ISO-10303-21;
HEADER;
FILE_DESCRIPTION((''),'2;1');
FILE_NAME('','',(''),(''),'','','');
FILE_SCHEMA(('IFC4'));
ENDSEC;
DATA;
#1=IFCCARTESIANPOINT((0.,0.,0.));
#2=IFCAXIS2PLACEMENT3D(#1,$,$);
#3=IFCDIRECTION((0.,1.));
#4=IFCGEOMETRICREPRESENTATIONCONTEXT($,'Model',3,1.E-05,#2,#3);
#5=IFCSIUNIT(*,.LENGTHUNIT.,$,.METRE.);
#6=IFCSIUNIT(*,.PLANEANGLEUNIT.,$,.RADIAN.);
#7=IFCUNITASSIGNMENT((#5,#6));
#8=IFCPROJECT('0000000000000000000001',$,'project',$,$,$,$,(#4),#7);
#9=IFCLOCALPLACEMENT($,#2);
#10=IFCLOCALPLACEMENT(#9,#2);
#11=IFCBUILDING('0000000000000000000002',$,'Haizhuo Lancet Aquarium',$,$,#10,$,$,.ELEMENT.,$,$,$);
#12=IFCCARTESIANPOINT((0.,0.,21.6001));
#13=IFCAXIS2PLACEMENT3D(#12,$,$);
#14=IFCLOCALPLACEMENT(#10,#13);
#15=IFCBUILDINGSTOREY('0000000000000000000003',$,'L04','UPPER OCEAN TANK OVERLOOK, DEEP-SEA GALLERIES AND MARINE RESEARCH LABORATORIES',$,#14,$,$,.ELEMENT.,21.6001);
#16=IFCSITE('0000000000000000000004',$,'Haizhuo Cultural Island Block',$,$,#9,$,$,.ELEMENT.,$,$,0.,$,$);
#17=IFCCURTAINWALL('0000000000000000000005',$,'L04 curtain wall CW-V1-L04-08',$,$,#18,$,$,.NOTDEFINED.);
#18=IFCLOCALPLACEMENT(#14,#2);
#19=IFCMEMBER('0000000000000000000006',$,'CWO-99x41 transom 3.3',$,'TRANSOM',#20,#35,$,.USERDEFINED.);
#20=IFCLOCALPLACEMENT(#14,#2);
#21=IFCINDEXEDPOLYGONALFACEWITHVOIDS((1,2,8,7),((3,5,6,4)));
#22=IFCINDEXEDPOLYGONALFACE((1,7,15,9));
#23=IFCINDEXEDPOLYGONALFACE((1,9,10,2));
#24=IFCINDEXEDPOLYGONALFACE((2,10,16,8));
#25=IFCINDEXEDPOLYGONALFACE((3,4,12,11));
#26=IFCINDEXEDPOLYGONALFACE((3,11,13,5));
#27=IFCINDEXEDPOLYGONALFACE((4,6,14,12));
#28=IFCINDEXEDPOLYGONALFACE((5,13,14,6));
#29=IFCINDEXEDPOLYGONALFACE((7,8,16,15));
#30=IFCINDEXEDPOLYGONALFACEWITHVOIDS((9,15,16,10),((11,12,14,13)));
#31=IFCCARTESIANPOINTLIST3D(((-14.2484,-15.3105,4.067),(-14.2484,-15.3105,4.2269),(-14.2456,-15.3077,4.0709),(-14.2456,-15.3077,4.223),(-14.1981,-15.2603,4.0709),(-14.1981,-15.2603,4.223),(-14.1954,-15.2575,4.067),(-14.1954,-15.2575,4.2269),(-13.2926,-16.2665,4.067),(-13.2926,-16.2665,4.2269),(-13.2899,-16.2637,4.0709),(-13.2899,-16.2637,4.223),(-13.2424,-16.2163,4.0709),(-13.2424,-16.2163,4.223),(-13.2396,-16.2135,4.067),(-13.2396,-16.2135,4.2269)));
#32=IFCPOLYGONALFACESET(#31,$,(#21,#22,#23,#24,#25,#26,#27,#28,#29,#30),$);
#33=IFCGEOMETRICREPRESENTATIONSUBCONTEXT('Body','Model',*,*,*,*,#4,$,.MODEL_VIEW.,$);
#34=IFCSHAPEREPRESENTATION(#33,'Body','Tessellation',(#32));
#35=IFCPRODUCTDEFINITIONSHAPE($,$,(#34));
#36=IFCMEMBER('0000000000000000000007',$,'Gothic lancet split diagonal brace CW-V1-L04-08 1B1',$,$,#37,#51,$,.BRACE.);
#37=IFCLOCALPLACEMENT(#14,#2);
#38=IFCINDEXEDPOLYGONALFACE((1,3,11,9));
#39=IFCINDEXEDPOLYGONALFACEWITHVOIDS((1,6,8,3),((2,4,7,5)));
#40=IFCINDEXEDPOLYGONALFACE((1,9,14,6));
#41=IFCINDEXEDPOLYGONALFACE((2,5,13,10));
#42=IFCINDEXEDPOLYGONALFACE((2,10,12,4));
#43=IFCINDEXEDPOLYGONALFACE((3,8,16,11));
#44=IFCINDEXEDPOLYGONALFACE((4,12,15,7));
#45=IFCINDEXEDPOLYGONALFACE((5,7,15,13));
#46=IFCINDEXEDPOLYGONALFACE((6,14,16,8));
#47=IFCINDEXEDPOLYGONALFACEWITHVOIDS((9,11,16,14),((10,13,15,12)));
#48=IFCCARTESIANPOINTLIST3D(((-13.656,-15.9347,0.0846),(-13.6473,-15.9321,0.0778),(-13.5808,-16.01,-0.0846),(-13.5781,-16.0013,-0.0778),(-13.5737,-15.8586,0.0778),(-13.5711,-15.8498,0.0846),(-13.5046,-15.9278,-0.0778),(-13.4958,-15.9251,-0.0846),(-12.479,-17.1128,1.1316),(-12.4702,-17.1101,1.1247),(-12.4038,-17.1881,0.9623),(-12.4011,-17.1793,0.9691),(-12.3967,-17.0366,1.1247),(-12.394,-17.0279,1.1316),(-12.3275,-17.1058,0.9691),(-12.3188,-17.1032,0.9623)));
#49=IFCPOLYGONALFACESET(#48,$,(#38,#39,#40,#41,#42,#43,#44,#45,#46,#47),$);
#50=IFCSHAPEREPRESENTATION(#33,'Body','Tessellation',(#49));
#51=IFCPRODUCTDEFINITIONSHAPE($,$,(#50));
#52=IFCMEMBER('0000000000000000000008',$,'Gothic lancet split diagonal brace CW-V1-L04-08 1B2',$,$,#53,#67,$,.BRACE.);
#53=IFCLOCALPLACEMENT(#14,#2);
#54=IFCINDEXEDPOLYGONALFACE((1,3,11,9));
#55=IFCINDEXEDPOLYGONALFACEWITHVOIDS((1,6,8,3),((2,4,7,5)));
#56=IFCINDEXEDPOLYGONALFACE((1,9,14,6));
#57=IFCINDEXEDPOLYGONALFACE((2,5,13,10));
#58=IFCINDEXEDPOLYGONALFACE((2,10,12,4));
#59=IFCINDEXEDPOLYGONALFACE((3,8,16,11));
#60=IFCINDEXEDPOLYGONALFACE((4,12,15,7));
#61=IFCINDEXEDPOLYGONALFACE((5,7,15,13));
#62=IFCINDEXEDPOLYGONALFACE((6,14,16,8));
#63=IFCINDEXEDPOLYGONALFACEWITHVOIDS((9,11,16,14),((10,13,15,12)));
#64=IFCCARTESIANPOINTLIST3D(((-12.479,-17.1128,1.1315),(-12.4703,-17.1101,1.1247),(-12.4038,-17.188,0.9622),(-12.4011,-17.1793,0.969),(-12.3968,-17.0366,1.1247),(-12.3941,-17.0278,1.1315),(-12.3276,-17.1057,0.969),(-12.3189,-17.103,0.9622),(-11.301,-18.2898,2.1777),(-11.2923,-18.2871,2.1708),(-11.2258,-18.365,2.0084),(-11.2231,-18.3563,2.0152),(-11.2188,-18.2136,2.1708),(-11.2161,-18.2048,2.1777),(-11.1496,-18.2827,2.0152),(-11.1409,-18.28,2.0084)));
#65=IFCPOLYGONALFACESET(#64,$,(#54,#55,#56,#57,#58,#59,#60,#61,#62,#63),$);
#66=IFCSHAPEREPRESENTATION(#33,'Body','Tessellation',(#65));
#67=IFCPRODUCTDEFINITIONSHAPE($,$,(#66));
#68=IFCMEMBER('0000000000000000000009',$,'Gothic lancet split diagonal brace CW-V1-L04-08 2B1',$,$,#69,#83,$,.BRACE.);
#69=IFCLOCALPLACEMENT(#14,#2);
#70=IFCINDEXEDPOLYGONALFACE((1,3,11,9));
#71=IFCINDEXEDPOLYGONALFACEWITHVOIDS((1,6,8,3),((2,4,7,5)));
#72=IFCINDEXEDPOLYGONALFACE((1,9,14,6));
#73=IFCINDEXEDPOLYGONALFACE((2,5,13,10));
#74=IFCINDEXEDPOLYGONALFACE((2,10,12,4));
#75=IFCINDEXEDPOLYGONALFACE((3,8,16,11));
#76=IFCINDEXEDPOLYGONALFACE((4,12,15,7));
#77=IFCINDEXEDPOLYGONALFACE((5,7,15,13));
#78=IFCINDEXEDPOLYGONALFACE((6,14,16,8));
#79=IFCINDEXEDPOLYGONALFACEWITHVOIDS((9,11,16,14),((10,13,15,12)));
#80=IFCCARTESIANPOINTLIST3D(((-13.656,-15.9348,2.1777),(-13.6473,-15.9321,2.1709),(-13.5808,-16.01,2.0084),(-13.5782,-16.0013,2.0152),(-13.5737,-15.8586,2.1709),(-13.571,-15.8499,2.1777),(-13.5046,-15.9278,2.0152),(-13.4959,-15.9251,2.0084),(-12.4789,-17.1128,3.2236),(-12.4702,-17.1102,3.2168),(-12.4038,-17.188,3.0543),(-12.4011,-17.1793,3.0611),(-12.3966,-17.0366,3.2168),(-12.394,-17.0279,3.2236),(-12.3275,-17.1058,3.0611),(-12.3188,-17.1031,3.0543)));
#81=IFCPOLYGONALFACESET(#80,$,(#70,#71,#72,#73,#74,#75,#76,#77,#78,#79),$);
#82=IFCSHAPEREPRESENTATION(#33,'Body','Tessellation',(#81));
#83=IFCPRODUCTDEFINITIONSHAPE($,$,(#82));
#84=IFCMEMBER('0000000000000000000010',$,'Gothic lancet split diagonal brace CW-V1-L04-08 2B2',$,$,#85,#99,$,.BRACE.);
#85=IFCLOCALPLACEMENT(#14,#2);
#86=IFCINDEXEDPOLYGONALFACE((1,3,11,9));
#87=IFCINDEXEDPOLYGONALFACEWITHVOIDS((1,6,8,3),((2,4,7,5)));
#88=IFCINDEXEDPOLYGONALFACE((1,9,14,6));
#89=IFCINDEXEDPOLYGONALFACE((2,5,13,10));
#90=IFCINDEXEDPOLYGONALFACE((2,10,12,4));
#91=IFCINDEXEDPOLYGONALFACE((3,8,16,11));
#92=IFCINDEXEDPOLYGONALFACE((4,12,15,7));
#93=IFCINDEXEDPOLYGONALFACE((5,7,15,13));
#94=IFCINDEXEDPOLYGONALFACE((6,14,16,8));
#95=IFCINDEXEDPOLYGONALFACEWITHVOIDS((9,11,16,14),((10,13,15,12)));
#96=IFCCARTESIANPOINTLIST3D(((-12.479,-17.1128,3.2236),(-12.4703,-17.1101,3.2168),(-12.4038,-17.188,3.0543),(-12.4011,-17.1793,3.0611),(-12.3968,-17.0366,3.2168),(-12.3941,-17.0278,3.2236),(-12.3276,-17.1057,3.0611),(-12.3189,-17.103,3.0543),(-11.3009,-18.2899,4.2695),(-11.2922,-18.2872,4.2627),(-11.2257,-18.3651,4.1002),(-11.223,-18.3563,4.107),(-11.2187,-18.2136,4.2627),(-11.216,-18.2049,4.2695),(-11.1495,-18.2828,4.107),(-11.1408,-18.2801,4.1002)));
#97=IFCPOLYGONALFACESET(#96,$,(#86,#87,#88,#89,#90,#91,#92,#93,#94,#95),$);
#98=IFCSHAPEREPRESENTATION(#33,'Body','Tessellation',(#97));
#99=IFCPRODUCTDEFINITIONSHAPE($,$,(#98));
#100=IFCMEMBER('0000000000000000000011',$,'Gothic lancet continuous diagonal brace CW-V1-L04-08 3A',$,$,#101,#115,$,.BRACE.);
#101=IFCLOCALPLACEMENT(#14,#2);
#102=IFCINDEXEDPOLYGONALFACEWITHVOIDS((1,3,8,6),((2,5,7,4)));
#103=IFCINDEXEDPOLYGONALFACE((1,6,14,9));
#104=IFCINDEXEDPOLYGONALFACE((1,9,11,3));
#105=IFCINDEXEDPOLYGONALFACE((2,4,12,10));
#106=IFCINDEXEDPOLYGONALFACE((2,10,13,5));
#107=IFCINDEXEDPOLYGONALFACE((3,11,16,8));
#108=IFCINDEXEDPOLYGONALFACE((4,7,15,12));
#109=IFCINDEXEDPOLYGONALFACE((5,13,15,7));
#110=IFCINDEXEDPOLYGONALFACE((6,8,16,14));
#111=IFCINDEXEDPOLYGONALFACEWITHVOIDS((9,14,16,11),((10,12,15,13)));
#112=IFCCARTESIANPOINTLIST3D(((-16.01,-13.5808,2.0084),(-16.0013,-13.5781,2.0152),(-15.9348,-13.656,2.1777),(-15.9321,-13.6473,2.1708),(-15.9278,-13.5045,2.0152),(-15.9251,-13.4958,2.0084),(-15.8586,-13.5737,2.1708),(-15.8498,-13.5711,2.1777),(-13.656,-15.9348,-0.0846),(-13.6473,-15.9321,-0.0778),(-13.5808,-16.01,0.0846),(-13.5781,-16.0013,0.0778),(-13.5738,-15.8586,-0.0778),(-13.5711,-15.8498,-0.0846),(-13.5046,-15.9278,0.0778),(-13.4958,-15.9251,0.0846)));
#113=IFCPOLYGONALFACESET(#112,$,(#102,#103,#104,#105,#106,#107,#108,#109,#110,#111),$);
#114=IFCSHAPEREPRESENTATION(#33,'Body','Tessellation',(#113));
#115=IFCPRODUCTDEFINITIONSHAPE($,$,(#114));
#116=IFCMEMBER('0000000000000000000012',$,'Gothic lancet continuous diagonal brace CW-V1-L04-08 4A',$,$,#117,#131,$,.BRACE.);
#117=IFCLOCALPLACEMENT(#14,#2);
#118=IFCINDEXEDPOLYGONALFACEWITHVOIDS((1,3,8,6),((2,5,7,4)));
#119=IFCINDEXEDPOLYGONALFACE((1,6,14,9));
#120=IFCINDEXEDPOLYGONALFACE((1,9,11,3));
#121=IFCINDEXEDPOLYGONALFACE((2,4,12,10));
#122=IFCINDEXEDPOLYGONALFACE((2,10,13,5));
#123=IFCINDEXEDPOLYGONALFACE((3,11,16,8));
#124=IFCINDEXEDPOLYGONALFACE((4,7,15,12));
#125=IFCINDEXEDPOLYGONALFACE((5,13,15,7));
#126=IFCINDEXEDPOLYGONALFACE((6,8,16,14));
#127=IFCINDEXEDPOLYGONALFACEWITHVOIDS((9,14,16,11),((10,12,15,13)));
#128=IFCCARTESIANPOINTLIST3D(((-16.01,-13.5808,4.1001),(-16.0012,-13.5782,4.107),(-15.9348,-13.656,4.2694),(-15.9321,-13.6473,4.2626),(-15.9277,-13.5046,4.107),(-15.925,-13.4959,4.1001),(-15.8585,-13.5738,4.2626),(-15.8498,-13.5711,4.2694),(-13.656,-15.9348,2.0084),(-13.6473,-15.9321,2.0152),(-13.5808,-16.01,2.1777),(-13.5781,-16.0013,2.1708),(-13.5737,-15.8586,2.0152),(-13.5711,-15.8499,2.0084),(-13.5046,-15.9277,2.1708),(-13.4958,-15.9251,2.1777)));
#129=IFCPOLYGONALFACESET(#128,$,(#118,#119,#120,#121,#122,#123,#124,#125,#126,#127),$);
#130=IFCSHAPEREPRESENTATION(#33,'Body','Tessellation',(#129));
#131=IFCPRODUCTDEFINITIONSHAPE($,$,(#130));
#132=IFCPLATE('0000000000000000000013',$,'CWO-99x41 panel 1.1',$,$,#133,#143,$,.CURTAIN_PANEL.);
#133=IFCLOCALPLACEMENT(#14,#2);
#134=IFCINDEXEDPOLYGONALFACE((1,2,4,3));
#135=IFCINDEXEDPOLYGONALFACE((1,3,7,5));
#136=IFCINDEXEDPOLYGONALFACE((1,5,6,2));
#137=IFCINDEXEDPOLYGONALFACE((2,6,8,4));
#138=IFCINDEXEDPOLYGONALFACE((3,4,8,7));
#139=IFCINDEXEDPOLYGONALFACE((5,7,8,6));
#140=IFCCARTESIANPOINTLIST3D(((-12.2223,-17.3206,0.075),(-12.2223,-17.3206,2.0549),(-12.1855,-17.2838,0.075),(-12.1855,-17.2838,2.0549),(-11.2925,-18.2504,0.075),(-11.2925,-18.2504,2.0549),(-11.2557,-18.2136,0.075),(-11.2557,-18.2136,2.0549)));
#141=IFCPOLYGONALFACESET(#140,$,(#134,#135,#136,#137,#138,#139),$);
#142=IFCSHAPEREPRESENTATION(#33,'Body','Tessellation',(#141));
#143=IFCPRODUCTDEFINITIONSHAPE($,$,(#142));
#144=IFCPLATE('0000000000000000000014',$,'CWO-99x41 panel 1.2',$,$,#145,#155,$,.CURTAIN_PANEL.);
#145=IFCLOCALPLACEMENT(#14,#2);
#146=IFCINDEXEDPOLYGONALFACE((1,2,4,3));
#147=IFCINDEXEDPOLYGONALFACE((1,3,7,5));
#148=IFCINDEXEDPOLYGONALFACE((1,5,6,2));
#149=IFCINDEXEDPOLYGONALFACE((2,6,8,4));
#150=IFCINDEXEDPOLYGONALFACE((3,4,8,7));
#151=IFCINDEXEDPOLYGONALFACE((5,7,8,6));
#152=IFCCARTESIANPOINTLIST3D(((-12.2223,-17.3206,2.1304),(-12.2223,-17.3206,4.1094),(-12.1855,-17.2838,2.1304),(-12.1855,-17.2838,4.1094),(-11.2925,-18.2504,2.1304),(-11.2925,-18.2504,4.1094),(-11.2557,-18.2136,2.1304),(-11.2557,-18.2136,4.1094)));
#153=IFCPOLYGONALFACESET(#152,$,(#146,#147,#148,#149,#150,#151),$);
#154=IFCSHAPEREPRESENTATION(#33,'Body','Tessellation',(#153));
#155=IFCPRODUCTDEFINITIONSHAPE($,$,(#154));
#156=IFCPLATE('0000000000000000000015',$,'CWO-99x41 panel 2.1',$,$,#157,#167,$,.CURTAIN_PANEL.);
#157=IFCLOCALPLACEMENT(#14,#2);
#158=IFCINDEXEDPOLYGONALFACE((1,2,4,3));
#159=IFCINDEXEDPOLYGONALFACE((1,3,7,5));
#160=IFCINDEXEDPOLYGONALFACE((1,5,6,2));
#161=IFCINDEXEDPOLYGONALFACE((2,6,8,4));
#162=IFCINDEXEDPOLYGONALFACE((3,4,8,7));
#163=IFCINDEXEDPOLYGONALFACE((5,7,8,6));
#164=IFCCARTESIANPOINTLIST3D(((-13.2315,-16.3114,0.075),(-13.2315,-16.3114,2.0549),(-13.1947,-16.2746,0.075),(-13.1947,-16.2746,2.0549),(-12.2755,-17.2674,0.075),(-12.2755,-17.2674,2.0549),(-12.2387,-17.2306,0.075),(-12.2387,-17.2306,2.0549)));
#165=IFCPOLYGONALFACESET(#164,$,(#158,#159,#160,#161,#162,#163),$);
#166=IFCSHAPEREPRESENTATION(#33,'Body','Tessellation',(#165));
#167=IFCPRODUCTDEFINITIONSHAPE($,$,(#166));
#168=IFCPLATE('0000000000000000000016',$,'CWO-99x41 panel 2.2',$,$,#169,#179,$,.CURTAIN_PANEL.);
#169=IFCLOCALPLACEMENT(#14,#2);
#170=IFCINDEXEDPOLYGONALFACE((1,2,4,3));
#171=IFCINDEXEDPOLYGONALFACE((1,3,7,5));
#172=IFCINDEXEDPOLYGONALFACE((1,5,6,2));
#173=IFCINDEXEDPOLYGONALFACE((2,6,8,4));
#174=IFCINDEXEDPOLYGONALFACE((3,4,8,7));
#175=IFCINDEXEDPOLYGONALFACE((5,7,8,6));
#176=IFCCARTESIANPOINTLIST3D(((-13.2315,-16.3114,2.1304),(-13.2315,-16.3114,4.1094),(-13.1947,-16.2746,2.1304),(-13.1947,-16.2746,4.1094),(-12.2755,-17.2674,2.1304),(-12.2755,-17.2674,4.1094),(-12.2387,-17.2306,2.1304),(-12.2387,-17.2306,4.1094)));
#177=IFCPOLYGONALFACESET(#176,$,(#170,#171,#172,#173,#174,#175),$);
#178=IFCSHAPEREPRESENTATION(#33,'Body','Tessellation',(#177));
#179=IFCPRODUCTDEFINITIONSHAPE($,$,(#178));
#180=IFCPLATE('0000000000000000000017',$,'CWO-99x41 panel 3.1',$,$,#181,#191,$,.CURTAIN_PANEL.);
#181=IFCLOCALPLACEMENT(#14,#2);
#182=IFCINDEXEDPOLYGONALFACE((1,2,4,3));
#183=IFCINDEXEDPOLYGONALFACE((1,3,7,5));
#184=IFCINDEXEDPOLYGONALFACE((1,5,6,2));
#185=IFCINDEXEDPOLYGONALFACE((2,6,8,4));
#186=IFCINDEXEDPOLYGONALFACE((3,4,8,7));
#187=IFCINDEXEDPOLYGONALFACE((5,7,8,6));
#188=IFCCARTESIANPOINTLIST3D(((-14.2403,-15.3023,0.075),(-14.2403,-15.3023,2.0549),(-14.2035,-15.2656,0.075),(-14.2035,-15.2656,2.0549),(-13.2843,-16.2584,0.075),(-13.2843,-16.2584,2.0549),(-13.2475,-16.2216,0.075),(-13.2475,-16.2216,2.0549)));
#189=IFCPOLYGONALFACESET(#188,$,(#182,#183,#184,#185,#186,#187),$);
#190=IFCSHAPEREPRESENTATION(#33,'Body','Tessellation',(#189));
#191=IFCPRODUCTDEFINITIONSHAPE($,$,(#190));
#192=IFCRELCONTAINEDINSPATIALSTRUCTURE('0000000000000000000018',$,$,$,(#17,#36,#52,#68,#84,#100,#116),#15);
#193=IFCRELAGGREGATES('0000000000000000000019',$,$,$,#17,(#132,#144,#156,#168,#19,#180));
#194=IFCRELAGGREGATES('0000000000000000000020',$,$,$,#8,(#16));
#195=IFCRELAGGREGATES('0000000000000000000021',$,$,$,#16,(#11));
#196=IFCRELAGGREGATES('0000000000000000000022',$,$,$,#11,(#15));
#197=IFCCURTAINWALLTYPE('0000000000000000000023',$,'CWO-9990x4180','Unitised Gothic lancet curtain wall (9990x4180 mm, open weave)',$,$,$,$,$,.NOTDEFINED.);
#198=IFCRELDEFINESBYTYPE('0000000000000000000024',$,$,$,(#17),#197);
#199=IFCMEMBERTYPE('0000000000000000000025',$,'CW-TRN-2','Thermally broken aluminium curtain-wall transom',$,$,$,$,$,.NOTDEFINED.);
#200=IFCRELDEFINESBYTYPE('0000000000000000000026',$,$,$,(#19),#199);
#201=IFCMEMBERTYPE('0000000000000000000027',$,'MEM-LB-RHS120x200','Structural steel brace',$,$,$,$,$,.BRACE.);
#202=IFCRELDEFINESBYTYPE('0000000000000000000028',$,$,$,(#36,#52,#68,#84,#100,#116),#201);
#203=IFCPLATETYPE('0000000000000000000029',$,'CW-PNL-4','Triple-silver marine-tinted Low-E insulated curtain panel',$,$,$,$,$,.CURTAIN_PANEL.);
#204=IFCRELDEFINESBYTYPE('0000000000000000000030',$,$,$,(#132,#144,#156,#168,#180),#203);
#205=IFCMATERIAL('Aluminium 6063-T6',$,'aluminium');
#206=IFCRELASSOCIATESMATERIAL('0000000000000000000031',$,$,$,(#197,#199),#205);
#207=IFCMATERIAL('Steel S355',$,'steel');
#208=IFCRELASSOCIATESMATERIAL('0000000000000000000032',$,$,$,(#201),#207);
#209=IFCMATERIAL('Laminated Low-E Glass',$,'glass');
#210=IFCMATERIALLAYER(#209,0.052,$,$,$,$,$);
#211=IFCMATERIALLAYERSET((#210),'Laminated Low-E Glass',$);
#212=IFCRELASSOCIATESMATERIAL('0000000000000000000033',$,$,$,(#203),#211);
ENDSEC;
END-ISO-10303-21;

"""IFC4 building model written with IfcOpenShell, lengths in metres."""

from ifc_helpers import new_model, si_unit, direction, frame, origin, origin_2d, place, context, subcontext, project, spatial, rectangle, hollow_rectangle, extrude, material, layer, layer_set, material_profile, profile_set, type_object, element, aggregate, save


model = new_model("IFC4")

# Units and contexts
model_context = context("Model", 3, precision=1e-05, world=origin(), true_north=direction((0.0, 1.0)))
body_context = subcontext(model_context, "Body", "Model", "MODEL_VIEW")
ifc_project = project(units=[si_unit("LENGTHUNIT", "METRE"), si_unit("PLANEANGLEUNIT", "RADIAN")], contexts=[model_context])

# Site, building, storey
site_placement = place(None, origin())
site = spatial("IfcSite", under=ifc_project, at=site_placement, Name="Haizhuo Cultural Island Block", CompositionType="ELEMENT", RefElevation=0.0)
building_placement = place(site_placement, origin())
building = spatial("IfcBuilding", under=site, at=building_placement, Name="Haizhuo Lancet Aquarium", CompositionType="ELEMENT")
storey_placement = place(building_placement, frame((0.0, 0.0, 21.6001)))
storey = spatial("IfcBuildingStorey", under=building, at=storey_placement, Name="L04", Description="UPPER OCEAN TANK OVERLOOK, DEEP-SEA GALLERIES AND MARINE RESEARCH LABORATORIES", CompositionType="ELEMENT", Elevation=21.6001)

# Curtain wall, member
ifc_material_1 = material(Name="Aluminium 6063-T6", Category="aluminium")
curtain_wall_type = type_object("IfcCurtainWallType", Name="CWO-9990x4180", Description="Unitised Gothic lancet curtain wall (9990x4180 mm, open weave)", PredefinedType="NOTDEFINED", material=ifc_material_1)
curtain_wall_placement = place(storey_placement, origin())
curtain_wall = element("IfcCurtainWall", 1, at=curtain_wall_placement, inside=storey, type_object=curtain_wall_type, Name="L04 curtain wall CW-V1-L04-08", PredefinedType="NOTDEFINED")
ifc_material_profile_1 = material_profile(ifc_material_1, hollow_rectangle(XDim=0.075, YDim=0.1599, WallThickness=0.0039, at=origin_2d()), Name="ALU-T 75x160x4")
ifc_profile_set_1 = profile_set([ifc_material_profile_1], Name="Aluminium 6063-T6")
member_type_1 = type_object("IfcMemberType", Name="CW-TRN-2", Description="Thermally broken aluminium curtain-wall transom", PredefinedType="NOTDEFINED", material=ifc_profile_set_1)
member_1_placement = place(storey_placement, frame((-13.2661, -16.24, 4.147), z_axis=(-0.707016, 0.707197, 0.0), x_axis=(-0.707197, -0.707016, 0.0)))
member_1 = element("IfcMember", 2, at=member_1_placement, type_object=member_type_1, Name="CWO-99x41 transom 3.3", ObjectType="TRANSOM", PredefinedType="USERDEFINED", context=body_context, shape_type="SweptSolid", body=[
    extrude(hollow_rectangle(XDim=0.075, YDim=0.1599, WallThickness=0.0039, at=origin_2d()), origin(), (0.0, 0.0, 1.0), 1.3518),
])

# Members
ifc_material_2 = material(Name="Steel S355", Category="steel")
ifc_material_profile_2 = material_profile(ifc_material_2, hollow_rectangle(XDim=0.1201, YDim=0.2, WallThickness=0.0081, at=origin_2d()), Name="RHS 120x200x8")
ifc_profile_set_2 = profile_set([ifc_material_profile_2], Name="Steel S355")
member_type_2 = type_object("IfcMemberType", Name="MEM-LB-RHS120x200", Description="Structural steel brace", PredefinedType="BRACE", material=ifc_profile_set_2)
member_2_placement = place(storey_placement, frame((-13.5759, -15.9299, 0.0), z_axis=(0.598388, -0.598884, 0.532231), x_axis=(0.7074, 0.706813, 0.0)))
element("IfcMember", 3, at=member_2_placement, inside=storey, type_object=member_type_2, Name="Gothic lancet split diagonal brace CW-V1-L04-08 1B1", PredefinedType="BRACE", context=body_context, shape_type="SweptSolid", body=[
    extrude(hollow_rectangle(XDim=0.1201, YDim=0.2, WallThickness=0.0081, at=origin_2d()), origin(), (0.0, 0.0, 1.0), 1.967),
])
for number, where, z_axis, x_axis, name in (
    (4, (-12.3989, -17.1079, 1.0469), (0.599003, -0.598506, 0.531964), (0.706813, 0.7074, 0.0), "Gothic lancet split diagonal brace CW-V1-L04-08 1B2"),
    (5, (-13.5759, -15.9299, 2.093), (0.598546, -0.599042, 0.531875), (0.7074, 0.706813, 0.0), "Gothic lancet split diagonal brace CW-V1-L04-08 2B1"),
    (6, (-12.3989, -17.1079, 3.1389), (0.599042, -0.598546, 0.531875), (0.706813, 0.7074, 0.0), "Gothic lancet split diagonal brace CW-V1-L04-08 2B2"),
):
    element("IfcMember", number, at=place(storey_placement, frame(where, z_axis=z_axis, x_axis=x_axis)), inside=storey, type_object=member_type_2, Name=name, PredefinedType="BRACE", context=body_context, shape_type="SweptSolid", body=[
        extrude(hollow_rectangle(XDim=0.1201, YDim=0.2, WallThickness=0.0081, at=origin_2d()), origin(), (0.0, 0.0, 1.0), 1.9666),
    ])
member_3_placement = place(storey_placement, frame((-13.5759, -15.9299, 0.0), z_axis=(-0.598625, 0.598625, 0.532256), x_axis=(-0.707107, -0.707107, 0.0)))
element("IfcMember", 7, at=member_3_placement, inside=storey, type_object=member_type_2, Name="Gothic lancet continuous diagonal brace CW-V1-L04-08 3A", PredefinedType="BRACE", context=body_context, shape_type="SweptSolid", body=[
    extrude(hollow_rectangle(XDim=0.1201, YDim=0.2, WallThickness=0.0081, at=origin_2d()), origin(), (0.0, 0.0, 1.0), 3.9324),
])
member_4_placement = place(storey_placement, frame((-13.5759, -15.9299, 2.093), z_axis=(-0.598724, 0.598724, 0.532033), x_axis=(-0.707107, -0.707107, 0.0)))
element("IfcMember", 8, at=member_4_placement, inside=storey, type_object=member_type_2, Name="Gothic lancet continuous diagonal brace CW-V1-L04-08 4A", PredefinedType="BRACE", context=body_context, shape_type="SweptSolid", body=[
    extrude(hollow_rectangle(XDim=0.1201, YDim=0.2, WallThickness=0.0081, at=origin_2d()), origin(), (0.0, 0.0, 1.0), 3.9316),
])

# Plates
ifc_material_3 = material(Name="Laminated Low-E Glass", Category="glass")
ifc_layer = layer(ifc_material_3, 0.052)
ifc_layer_set = layer_set([ifc_layer], Name="Laminated Low-E Glass")
plate_type = type_object("IfcPlateType", Name="CW-PNL-4", Description="Triple-silver marine-tinted Low-E insulated curtain panel", PredefinedType="CURTAIN_PANEL", material=ifc_layer_set)
plate_1_placement = place(storey_placement, frame((-11.739, -17.7671, 0.075), z_axis=(0.0, 0.0, 1.0), x_axis=(-0.707107, 0.707107, 0.0)))
plate_1 = element("IfcPlate", 9, at=plate_1_placement, type_object=plate_type, Name="CWO-99x41 panel 1.1", PredefinedType="CURTAIN_PANEL", context=body_context, shape_type="SweptSolid", body=[
    extrude(rectangle(XDim=1.3149, YDim=0.052, at=origin_2d()), origin(), (0.0, 0.0, 1.0), 1.98),
])
plate_2_placement = place(storey_placement, frame((-11.739, -17.7671, 2.1304), z_axis=(0.0, 0.0, 1.0), x_axis=(-0.707107, 0.707107, 0.0)))
plate_2 = element("IfcPlate", 10, at=plate_2_placement, type_object=plate_type, Name="CWO-99x41 panel 1.2", PredefinedType="CURTAIN_PANEL", context=body_context, shape_type="SweptSolid", body=[
    extrude(rectangle(XDim=1.3149, YDim=0.052, at=origin_2d()), origin(), (0.0, 0.0, 1.0), 1.979),
])
plate_3_placement = place(storey_placement, frame((-12.7351, -16.771, 0.075), z_axis=(0.0, 0.0, 1.0), x_axis=(-0.707107, 0.707107, 0.0)))
plate_3 = element("IfcPlate", 11, at=plate_3_placement, type_object=plate_type, Name="CWO-99x41 panel 2.1", PredefinedType="CURTAIN_PANEL", context=body_context, shape_type="SweptSolid", body=[
    extrude(rectangle(XDim=1.3521, YDim=0.052, at=origin_2d()), origin(), (0.0, 0.0, 1.0), 1.98),
])
plate_4_placement = place(storey_placement, frame((-12.7351, -16.771, 2.1304), z_axis=(0.0, 0.0, 1.0), x_axis=(-0.707107, 0.707107, 0.0)))
plate_4 = element("IfcPlate", 12, at=plate_4_placement, type_object=plate_type, Name="CWO-99x41 panel 2.2", PredefinedType="CURTAIN_PANEL", context=body_context, shape_type="SweptSolid", body=[
    extrude(rectangle(XDim=1.3521, YDim=0.052, at=origin_2d()), origin(), (0.0, 0.0, 1.0), 1.979),
])
plate_5_placement = place(storey_placement, frame((-13.7439, -15.762, 0.075), z_axis=(0.0, 0.0, 1.0), x_axis=(-0.707107, 0.707107, 0.0)))
plate_5 = element("IfcPlate", 13, at=plate_5_placement, type_object=plate_type, Name="CWO-99x41 panel 3.1", PredefinedType="CURTAIN_PANEL", context=body_context, shape_type="SweptSolid", body=[
    extrude(rectangle(XDim=1.3521, YDim=0.052, at=origin_2d()), origin(), (0.0, 0.0, 1.0), 1.98),
])
aggregate(curtain_wall, [plate_1, plate_2, plate_3, plate_4, member_1, plate_5])

save(model, "model.ifc")
